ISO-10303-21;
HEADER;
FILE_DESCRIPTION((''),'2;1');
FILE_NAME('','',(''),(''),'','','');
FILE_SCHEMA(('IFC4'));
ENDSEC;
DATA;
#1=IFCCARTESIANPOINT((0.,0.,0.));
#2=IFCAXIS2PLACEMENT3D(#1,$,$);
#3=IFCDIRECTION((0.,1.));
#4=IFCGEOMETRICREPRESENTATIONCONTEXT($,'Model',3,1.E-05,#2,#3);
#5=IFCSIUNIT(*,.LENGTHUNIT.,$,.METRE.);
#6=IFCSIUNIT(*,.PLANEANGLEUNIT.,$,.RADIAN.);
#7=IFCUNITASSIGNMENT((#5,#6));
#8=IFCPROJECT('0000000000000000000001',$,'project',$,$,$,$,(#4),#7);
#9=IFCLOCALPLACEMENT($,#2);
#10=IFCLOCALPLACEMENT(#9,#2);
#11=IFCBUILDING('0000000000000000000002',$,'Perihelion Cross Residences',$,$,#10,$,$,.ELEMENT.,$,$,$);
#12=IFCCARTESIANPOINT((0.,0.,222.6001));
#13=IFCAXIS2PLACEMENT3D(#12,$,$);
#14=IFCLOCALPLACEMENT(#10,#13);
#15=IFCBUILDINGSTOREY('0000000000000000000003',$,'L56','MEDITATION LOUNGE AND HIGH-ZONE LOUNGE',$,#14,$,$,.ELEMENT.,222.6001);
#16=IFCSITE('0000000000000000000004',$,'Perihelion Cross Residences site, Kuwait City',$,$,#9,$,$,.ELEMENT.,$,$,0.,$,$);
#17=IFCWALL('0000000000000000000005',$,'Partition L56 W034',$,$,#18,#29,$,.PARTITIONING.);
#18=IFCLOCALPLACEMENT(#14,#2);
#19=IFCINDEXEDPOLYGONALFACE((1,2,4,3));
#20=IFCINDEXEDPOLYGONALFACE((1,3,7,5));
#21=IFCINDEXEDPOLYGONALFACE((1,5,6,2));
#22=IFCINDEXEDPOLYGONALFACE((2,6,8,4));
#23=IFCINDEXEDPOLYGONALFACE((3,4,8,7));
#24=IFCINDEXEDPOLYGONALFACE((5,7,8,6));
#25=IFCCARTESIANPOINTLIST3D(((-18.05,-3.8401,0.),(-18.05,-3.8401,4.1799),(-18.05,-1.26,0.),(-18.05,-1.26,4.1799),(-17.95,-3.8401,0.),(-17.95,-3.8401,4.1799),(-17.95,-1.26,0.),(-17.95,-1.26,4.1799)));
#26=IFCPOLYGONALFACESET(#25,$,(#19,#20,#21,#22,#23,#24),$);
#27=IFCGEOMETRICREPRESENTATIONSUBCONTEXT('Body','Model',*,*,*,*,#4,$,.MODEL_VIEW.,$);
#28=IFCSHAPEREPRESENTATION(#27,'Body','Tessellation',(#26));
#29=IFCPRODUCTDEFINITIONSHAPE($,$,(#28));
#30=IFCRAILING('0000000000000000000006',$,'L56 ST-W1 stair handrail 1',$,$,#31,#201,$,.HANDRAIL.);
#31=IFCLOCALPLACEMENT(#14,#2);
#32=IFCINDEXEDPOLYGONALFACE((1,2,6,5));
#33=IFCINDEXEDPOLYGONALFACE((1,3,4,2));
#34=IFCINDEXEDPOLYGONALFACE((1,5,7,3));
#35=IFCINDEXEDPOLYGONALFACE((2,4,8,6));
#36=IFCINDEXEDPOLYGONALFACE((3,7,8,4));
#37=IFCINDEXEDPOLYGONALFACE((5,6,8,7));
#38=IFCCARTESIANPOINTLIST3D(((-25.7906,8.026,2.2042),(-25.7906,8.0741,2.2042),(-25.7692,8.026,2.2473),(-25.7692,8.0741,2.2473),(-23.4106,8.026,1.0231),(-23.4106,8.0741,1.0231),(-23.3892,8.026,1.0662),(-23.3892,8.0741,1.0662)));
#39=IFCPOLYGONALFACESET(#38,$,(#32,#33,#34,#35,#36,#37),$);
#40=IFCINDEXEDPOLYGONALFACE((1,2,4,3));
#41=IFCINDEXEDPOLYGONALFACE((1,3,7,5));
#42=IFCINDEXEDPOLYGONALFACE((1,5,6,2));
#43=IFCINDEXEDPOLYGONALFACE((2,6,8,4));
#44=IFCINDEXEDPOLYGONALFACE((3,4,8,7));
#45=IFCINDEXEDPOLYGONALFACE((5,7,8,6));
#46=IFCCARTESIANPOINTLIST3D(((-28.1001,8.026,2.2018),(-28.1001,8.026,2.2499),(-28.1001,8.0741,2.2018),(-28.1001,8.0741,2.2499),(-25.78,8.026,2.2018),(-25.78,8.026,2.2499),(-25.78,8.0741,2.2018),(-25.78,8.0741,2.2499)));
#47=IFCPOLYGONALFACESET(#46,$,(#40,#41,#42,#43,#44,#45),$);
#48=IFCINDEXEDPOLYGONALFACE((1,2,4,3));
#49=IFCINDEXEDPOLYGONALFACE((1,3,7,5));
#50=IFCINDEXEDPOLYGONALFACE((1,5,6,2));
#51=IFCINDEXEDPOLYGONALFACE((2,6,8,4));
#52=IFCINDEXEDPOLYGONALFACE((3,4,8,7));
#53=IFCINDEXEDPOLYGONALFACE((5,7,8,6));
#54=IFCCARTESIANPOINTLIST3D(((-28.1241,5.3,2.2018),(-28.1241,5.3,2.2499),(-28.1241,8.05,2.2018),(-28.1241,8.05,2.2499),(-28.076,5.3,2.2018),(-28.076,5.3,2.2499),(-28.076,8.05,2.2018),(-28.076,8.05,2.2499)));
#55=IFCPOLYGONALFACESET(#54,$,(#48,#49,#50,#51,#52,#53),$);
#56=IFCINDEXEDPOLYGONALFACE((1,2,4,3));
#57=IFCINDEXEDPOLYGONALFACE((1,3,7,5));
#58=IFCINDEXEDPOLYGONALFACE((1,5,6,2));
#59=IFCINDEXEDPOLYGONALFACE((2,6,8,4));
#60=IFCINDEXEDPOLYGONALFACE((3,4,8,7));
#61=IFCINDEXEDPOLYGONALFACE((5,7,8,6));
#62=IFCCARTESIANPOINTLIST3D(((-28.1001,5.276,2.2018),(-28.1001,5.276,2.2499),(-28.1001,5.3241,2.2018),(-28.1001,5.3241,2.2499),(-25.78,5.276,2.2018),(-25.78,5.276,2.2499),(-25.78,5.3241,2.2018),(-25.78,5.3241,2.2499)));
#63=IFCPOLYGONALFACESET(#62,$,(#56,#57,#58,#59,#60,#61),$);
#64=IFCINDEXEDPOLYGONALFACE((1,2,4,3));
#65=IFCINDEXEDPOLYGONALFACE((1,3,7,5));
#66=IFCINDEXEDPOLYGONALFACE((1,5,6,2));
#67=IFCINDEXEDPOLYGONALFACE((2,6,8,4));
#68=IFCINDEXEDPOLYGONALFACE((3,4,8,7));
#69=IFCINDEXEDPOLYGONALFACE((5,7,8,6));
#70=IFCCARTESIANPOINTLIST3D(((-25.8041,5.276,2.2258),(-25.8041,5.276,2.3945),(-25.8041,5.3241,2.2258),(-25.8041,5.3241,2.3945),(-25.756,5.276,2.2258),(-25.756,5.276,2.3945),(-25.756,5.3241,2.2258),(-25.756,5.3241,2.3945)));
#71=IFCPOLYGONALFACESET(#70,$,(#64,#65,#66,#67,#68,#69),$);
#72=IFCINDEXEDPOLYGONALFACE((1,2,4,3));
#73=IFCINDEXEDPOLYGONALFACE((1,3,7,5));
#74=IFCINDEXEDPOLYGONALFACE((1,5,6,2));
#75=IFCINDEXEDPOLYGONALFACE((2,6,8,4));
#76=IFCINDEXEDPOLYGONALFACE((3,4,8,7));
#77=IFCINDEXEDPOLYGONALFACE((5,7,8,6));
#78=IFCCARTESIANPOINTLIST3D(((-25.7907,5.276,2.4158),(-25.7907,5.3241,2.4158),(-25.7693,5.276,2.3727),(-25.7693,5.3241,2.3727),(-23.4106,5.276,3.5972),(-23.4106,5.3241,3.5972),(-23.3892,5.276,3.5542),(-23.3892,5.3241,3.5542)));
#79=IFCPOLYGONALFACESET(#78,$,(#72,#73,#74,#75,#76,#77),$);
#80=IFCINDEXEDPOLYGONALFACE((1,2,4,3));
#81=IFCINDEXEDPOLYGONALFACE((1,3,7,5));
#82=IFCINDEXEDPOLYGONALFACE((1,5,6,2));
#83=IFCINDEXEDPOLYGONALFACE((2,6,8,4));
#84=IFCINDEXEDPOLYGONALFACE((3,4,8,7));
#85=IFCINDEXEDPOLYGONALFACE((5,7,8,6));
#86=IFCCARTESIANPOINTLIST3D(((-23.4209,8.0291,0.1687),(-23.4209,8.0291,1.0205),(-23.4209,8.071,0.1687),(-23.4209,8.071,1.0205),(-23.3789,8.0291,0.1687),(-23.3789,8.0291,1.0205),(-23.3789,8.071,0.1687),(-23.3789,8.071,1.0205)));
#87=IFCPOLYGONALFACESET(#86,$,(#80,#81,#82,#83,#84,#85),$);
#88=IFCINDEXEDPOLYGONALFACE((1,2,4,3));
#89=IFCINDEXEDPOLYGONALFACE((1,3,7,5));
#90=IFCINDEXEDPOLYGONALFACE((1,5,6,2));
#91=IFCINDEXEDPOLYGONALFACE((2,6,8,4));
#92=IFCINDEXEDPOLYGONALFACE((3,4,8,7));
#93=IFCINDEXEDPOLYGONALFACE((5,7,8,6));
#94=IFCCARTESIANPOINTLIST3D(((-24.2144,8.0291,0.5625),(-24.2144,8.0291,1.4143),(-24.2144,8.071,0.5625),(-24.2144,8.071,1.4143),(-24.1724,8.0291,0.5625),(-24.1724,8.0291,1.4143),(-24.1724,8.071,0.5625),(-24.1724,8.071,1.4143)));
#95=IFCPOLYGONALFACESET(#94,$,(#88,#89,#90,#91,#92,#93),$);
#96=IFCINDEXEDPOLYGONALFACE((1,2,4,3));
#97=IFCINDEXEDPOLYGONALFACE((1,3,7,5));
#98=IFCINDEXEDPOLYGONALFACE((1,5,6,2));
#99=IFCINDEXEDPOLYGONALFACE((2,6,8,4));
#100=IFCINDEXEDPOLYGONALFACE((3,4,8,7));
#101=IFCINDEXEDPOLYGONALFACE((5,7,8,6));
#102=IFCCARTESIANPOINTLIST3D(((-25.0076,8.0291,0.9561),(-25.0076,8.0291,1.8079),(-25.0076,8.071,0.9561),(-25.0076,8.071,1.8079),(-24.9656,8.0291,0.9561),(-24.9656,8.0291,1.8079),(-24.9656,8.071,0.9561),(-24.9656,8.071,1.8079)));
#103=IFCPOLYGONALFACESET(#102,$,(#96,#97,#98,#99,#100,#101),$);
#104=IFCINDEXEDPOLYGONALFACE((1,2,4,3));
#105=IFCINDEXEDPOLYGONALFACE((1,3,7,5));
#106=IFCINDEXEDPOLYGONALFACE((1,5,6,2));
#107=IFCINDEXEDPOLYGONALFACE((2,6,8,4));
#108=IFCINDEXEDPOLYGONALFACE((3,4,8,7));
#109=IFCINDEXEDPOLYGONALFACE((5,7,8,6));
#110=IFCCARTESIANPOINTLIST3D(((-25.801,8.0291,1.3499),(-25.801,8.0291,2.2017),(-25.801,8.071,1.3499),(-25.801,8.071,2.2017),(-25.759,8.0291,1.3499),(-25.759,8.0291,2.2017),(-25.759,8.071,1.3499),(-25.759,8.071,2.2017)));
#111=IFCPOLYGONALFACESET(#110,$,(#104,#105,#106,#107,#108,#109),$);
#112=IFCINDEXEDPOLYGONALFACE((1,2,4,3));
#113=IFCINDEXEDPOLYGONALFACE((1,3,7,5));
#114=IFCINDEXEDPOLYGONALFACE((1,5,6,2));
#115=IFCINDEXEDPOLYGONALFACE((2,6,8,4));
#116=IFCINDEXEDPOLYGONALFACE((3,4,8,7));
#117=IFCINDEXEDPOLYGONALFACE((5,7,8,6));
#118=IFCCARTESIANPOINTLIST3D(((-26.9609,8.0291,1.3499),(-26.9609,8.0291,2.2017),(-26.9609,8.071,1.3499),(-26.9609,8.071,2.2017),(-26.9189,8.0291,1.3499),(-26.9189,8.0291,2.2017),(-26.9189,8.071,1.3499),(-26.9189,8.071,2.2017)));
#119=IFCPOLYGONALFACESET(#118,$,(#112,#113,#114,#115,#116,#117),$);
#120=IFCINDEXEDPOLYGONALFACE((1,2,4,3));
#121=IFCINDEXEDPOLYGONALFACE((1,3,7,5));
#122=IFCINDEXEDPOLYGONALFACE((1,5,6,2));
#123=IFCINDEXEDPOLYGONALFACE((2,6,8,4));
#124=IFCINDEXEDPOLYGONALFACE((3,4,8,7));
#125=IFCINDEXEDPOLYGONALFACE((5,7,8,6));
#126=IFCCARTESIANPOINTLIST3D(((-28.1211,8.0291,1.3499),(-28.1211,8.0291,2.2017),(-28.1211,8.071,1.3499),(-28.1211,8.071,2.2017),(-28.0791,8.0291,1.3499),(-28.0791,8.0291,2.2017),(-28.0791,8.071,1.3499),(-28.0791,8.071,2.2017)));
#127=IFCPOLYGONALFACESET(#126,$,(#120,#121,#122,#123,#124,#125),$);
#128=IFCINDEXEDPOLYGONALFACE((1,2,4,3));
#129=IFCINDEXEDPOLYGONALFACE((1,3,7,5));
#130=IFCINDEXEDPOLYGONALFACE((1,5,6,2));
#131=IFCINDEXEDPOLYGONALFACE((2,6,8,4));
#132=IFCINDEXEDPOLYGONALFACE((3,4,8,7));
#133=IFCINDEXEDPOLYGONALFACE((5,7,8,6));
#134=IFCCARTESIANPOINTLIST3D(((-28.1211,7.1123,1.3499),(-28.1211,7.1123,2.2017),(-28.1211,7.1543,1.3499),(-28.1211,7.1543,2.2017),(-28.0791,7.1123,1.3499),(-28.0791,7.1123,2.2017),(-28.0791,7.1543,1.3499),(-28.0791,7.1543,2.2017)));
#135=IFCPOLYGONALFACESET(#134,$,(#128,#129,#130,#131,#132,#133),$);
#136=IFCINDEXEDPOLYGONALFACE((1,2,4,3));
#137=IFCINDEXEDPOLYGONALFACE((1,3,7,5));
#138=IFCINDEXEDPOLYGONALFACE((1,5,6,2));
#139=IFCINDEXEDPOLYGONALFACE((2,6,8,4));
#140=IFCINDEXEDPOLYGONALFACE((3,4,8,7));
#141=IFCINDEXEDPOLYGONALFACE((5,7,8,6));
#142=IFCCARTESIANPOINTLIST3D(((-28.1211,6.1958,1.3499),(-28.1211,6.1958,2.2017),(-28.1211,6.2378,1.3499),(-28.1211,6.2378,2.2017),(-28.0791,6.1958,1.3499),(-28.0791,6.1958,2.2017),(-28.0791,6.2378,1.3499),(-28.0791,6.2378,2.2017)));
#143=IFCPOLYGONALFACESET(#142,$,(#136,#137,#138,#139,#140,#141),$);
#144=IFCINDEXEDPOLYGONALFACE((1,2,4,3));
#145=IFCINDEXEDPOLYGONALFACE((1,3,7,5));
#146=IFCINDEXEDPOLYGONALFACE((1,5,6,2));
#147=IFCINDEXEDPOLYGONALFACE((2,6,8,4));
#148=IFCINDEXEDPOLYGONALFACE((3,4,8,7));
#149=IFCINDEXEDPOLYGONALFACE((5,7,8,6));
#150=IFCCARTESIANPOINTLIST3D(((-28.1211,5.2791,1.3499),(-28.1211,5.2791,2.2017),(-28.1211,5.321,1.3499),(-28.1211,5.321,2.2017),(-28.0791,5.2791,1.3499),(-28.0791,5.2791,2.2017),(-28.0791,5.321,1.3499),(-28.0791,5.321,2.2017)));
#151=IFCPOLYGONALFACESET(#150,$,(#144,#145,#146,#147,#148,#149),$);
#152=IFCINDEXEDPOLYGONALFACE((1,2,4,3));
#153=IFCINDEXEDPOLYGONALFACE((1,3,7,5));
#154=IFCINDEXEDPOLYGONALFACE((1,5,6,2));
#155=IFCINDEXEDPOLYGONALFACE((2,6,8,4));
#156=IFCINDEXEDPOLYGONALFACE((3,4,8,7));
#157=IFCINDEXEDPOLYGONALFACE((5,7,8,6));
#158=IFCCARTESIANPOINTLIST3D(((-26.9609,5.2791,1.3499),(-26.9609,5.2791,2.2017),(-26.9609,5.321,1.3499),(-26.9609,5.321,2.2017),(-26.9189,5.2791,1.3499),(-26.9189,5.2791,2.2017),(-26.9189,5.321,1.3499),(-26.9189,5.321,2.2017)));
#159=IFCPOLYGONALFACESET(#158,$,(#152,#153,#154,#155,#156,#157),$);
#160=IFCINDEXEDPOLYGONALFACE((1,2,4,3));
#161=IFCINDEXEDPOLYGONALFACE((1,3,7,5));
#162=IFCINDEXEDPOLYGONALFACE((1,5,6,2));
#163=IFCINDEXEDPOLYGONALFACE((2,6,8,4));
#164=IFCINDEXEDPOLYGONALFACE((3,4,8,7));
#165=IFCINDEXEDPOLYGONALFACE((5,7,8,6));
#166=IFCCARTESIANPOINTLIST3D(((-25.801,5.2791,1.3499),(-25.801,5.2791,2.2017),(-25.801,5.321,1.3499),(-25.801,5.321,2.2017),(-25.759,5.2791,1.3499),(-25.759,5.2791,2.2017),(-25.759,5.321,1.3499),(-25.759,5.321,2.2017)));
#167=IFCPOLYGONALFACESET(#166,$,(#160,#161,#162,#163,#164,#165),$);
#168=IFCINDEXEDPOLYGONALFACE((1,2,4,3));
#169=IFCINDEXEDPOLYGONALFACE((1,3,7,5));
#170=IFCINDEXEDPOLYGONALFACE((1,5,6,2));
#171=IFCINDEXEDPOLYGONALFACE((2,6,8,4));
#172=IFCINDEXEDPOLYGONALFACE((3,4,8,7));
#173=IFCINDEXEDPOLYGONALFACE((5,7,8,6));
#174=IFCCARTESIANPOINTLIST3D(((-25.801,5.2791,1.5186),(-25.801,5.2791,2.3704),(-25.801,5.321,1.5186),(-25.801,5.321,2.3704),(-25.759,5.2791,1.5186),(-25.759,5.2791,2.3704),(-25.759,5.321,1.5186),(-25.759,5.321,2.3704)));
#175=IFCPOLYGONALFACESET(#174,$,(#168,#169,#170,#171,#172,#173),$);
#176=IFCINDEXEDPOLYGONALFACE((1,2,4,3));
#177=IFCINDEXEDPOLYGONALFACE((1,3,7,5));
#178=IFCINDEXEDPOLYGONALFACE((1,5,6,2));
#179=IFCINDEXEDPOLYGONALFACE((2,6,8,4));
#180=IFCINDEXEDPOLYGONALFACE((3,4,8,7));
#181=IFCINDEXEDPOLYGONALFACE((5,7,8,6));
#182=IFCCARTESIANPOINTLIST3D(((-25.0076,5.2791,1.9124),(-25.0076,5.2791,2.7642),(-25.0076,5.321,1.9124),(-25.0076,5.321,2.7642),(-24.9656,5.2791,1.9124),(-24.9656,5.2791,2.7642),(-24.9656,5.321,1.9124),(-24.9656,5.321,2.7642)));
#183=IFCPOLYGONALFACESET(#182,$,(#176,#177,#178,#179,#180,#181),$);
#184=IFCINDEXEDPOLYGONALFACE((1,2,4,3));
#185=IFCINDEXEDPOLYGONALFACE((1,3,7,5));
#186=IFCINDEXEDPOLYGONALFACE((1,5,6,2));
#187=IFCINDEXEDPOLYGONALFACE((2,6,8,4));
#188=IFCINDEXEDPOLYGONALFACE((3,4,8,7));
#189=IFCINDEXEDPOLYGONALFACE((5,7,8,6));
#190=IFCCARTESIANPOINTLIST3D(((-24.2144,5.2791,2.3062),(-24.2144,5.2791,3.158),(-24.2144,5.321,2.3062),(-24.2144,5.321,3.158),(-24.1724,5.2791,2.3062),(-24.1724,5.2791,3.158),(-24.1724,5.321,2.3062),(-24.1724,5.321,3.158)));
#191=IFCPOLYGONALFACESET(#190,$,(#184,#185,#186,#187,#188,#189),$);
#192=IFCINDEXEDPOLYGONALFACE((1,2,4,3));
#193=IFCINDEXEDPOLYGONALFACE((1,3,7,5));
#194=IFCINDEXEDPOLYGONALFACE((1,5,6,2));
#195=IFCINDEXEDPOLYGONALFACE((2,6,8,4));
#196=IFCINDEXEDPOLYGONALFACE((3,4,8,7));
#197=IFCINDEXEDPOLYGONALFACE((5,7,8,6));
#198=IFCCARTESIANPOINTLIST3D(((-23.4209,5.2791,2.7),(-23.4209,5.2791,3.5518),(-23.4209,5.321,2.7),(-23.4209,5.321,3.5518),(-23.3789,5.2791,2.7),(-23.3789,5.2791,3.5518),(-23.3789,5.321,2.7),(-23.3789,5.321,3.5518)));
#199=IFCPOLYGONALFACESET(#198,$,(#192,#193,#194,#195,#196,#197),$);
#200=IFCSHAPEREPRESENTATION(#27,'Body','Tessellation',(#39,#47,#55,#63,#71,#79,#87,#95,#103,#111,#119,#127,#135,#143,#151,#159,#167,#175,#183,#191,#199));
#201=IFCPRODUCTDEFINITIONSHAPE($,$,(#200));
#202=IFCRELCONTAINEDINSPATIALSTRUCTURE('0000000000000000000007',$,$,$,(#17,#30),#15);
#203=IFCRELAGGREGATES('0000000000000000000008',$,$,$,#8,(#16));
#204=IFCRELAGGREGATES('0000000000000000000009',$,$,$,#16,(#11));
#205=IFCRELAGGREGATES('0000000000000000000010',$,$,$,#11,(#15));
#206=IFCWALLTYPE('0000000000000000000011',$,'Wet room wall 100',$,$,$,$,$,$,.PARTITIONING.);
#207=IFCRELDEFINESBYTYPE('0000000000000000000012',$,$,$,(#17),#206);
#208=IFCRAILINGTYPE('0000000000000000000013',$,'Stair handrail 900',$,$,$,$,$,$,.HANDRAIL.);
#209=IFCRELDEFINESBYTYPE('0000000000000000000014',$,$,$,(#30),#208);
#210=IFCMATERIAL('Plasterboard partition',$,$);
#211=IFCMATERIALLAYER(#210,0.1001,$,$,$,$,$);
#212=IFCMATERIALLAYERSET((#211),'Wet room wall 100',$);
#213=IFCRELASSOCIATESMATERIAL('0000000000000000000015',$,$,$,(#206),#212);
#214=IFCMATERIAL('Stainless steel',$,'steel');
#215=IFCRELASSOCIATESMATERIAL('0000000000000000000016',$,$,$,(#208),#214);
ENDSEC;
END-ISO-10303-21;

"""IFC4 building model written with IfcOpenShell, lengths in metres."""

from ifc_helpers import new_model, si_unit, direction, frame, frame_2d, origin, origin_2d, place, context, subcontext, project, spatial, rectangle, extrude, material, layer, layer_set, type_object, element, save


model = new_model("IFC4")

# Units and contexts
model_context = context("Model", 3, precision=1e-05, world=origin(), true_north=direction((0.0, 1.0)))
body_context = subcontext(model_context, "Body", "Model", "MODEL_VIEW")
ifc_project = project(units=[si_unit("LENGTHUNIT", "METRE"), si_unit("PLANEANGLEUNIT", "RADIAN")], contexts=[model_context])

# Site, building, storey
site_placement = place(None, origin())
site = spatial("IfcSite", under=ifc_project, at=site_placement, Name="Perihelion Cross Residences site, Kuwait City", CompositionType="ELEMENT", RefElevation=0.0)
building_placement = place(site_placement, origin())
building = spatial("IfcBuilding", under=site, at=building_placement, Name="Perihelion Cross Residences", CompositionType="ELEMENT")
storey_placement = place(building_placement, frame((0.0, 0.0, 222.6001)))
storey = spatial("IfcBuildingStorey", under=building, at=storey_placement, Name="L56", Description="MEDITATION LOUNGE AND HIGH-ZONE LOUNGE", CompositionType="ELEMENT", Elevation=222.6001)

# Shared definitions
ifc_material_1 = material(Name="Plasterboard partition")
ifc_layer_1 = layer(ifc_material_1, 0.1001)
ifc_layer_set_1 = layer_set([ifc_layer_1], Name="Wet room wall 100")
wall_type_1 = type_object("IfcWallType", Name="Wet room wall 100", PredefinedType="PARTITIONING", material=ifc_layer_set_1)

# Wall
wall_1_placement = place(storey_placement, frame((-18.0, -3.8401, 0.0), z_axis=(0.0, 0.0, 1.0), x_axis=(0.0, 1.0, 0.0)))
element("IfcWall", 1, at=wall_1_placement, inside=storey, type_object=wall_type_1, Name="Partition L56 W034", PredefinedType="PARTITIONING", context=body_context, shape_type="SweptSolid", body=[
    extrude(rectangle(XDim=2.5801, YDim=0.1001, at=frame_2d((1.29, 0.0))), origin(), (0.0, 0.0, 1.0), 4.1799),
])

# Railing
ifc_material_2 = material(Name="Stainless steel", Category="steel")
railing_type_1 = type_object("IfcRailingType", Name="Stair handrail 900", PredefinedType="HANDRAIL", material=ifc_material_2)
railing_1_placement = place(storey_placement, frame((-23.3999, 8.05, 0.1687)))
element("IfcRailing", 2, at=railing_1_placement, inside=storey, type_object=railing_type_1, Name="L56 ST-W1 stair handrail 1", PredefinedType="HANDRAIL", context=body_context, shape_type="SweptSolid", body=[
    extrude(rectangle(XDim=0.0481, YDim=0.0481, at=origin_2d()), frame((0.0, 0.0, 0.876), z_axis=(-0.895765, 0.0, 0.444529), x_axis=(0.0, -1.0, 0.0)), (0.0, 0.0, 1.0), 2.657),
    extrude(rectangle(XDim=0.0481, YDim=0.0481, at=origin_2d()), frame((-2.3801, 0.0, 2.0571), z_axis=(-1.0, 0.0, 0.0), x_axis=(0.0, -1.0, 0.0)), (0.0, 0.0, 1.0), 2.3201),
    extrude(rectangle(XDim=0.0481, YDim=0.0481, at=origin_2d()), frame((-4.7002, 0.0, 2.0571), z_axis=(0.0, -1.0, 0.0), x_axis=(1.0, 0.0, 0.0)), (0.0, 0.0, 1.0), 2.75),
    extrude(rectangle(XDim=0.0481, YDim=0.0481, at=origin_2d()), frame((-4.7002, -2.75, 2.0571), z_axis=(1.0, 0.0, 0.0), x_axis=(0.0, 1.0, 0.0)), (0.0, 0.0, 1.0), 2.3201),
    extrude(rectangle(XDim=0.0481, YDim=0.0481, at=origin_2d()), frame((-2.3801, -2.75, 2.0571), z_axis=(0.0, 0.0, 1.0), x_axis=(1.0, 0.0, 0.0)), (0.0, 0.0, 1.0), 0.1687),
    extrude(rectangle(XDim=0.0481, YDim=0.0481, at=origin_2d()), frame((-2.3801, -2.75, 2.2256), z_axis=(0.895728, 0.0, 0.444602), x_axis=(0.0, 1.0, 0.0)), (0.0, 0.0, 1.0), 2.6572),
    extrude(rectangle(XDim=0.042, YDim=0.042, at=origin_2d()), origin(), (0.0, 0.0, 1.0), 0.8518),
    extrude(rectangle(XDim=0.042, YDim=0.042, at=origin_2d()), frame((-0.7935, 0.0, 0.3938)), (0.0, 0.0, 1.0), 0.8518),
    extrude(rectangle(XDim=0.042, YDim=0.042, at=origin_2d()), frame((-1.5867, 0.0, 0.7874)), (0.0, 0.0, 1.0), 0.8518),
    extrude(rectangle(XDim=0.042, YDim=0.042, at=origin_2d()), frame((-2.3801, 0.0, 1.1812)), (0.0, 0.0, 1.0), 0.8518),
    extrude(rectangle(XDim=0.042, YDim=0.042, at=origin_2d()), frame((-3.54, 0.0, 1.1812)), (0.0, 0.0, 1.0), 0.8518),
    extrude(rectangle(XDim=0.042, YDim=0.042, at=origin_2d()), frame((-4.7002, 0.0, 1.1812)), (0.0, 0.0, 1.0), 0.8518),
    extrude(rectangle(XDim=0.042, YDim=0.042, at=origin_2d()), frame((-4.7002, -0.9167, 1.1812)), (0.0, 0.0, 1.0), 0.8518),
    extrude(rectangle(XDim=0.042, YDim=0.042, at=origin_2d()), frame((-4.7002, -1.8333, 1.1812)), (0.0, 0.0, 1.0), 0.8518),
    extrude(rectangle(XDim=0.042, YDim=0.042, at=origin_2d()), frame((-4.7002, -2.75, 1.1812)), (0.0, 0.0, 1.0), 0.8518),
    extrude(rectangle(XDim=0.042, YDim=0.042, at=origin_2d()), frame((-3.54, -2.75, 1.1812)), (0.0, 0.0, 1.0), 0.8518),
    extrude(rectangle(XDim=0.042, YDim=0.042, at=origin_2d()), frame((-2.3801, -2.75, 1.1812)), (0.0, 0.0, 1.0), 0.8518),
    extrude(rectangle(XDim=0.042, YDim=0.042, at=origin_2d()), frame((-2.3801, -2.75, 1.3499)), (0.0, 0.0, 1.0), 0.8518),
    extrude(rectangle(XDim=0.042, YDim=0.042, at=origin_2d()), frame((-1.5867, -2.75, 1.7437)), (0.0, 0.0, 1.0), 0.8518),
    extrude(rectangle(XDim=0.042, YDim=0.042, at=origin_2d()), frame((-0.7935, -2.75, 2.1375)), (0.0, 0.0, 1.0), 0.8518),
    extrude(rectangle(XDim=0.042, YDim=0.042, at=origin_2d()), frame((0.0, -2.75, 2.5312)), (0.0, 0.0, 1.0), 0.8518),
])

save(model, "model.ifc")
